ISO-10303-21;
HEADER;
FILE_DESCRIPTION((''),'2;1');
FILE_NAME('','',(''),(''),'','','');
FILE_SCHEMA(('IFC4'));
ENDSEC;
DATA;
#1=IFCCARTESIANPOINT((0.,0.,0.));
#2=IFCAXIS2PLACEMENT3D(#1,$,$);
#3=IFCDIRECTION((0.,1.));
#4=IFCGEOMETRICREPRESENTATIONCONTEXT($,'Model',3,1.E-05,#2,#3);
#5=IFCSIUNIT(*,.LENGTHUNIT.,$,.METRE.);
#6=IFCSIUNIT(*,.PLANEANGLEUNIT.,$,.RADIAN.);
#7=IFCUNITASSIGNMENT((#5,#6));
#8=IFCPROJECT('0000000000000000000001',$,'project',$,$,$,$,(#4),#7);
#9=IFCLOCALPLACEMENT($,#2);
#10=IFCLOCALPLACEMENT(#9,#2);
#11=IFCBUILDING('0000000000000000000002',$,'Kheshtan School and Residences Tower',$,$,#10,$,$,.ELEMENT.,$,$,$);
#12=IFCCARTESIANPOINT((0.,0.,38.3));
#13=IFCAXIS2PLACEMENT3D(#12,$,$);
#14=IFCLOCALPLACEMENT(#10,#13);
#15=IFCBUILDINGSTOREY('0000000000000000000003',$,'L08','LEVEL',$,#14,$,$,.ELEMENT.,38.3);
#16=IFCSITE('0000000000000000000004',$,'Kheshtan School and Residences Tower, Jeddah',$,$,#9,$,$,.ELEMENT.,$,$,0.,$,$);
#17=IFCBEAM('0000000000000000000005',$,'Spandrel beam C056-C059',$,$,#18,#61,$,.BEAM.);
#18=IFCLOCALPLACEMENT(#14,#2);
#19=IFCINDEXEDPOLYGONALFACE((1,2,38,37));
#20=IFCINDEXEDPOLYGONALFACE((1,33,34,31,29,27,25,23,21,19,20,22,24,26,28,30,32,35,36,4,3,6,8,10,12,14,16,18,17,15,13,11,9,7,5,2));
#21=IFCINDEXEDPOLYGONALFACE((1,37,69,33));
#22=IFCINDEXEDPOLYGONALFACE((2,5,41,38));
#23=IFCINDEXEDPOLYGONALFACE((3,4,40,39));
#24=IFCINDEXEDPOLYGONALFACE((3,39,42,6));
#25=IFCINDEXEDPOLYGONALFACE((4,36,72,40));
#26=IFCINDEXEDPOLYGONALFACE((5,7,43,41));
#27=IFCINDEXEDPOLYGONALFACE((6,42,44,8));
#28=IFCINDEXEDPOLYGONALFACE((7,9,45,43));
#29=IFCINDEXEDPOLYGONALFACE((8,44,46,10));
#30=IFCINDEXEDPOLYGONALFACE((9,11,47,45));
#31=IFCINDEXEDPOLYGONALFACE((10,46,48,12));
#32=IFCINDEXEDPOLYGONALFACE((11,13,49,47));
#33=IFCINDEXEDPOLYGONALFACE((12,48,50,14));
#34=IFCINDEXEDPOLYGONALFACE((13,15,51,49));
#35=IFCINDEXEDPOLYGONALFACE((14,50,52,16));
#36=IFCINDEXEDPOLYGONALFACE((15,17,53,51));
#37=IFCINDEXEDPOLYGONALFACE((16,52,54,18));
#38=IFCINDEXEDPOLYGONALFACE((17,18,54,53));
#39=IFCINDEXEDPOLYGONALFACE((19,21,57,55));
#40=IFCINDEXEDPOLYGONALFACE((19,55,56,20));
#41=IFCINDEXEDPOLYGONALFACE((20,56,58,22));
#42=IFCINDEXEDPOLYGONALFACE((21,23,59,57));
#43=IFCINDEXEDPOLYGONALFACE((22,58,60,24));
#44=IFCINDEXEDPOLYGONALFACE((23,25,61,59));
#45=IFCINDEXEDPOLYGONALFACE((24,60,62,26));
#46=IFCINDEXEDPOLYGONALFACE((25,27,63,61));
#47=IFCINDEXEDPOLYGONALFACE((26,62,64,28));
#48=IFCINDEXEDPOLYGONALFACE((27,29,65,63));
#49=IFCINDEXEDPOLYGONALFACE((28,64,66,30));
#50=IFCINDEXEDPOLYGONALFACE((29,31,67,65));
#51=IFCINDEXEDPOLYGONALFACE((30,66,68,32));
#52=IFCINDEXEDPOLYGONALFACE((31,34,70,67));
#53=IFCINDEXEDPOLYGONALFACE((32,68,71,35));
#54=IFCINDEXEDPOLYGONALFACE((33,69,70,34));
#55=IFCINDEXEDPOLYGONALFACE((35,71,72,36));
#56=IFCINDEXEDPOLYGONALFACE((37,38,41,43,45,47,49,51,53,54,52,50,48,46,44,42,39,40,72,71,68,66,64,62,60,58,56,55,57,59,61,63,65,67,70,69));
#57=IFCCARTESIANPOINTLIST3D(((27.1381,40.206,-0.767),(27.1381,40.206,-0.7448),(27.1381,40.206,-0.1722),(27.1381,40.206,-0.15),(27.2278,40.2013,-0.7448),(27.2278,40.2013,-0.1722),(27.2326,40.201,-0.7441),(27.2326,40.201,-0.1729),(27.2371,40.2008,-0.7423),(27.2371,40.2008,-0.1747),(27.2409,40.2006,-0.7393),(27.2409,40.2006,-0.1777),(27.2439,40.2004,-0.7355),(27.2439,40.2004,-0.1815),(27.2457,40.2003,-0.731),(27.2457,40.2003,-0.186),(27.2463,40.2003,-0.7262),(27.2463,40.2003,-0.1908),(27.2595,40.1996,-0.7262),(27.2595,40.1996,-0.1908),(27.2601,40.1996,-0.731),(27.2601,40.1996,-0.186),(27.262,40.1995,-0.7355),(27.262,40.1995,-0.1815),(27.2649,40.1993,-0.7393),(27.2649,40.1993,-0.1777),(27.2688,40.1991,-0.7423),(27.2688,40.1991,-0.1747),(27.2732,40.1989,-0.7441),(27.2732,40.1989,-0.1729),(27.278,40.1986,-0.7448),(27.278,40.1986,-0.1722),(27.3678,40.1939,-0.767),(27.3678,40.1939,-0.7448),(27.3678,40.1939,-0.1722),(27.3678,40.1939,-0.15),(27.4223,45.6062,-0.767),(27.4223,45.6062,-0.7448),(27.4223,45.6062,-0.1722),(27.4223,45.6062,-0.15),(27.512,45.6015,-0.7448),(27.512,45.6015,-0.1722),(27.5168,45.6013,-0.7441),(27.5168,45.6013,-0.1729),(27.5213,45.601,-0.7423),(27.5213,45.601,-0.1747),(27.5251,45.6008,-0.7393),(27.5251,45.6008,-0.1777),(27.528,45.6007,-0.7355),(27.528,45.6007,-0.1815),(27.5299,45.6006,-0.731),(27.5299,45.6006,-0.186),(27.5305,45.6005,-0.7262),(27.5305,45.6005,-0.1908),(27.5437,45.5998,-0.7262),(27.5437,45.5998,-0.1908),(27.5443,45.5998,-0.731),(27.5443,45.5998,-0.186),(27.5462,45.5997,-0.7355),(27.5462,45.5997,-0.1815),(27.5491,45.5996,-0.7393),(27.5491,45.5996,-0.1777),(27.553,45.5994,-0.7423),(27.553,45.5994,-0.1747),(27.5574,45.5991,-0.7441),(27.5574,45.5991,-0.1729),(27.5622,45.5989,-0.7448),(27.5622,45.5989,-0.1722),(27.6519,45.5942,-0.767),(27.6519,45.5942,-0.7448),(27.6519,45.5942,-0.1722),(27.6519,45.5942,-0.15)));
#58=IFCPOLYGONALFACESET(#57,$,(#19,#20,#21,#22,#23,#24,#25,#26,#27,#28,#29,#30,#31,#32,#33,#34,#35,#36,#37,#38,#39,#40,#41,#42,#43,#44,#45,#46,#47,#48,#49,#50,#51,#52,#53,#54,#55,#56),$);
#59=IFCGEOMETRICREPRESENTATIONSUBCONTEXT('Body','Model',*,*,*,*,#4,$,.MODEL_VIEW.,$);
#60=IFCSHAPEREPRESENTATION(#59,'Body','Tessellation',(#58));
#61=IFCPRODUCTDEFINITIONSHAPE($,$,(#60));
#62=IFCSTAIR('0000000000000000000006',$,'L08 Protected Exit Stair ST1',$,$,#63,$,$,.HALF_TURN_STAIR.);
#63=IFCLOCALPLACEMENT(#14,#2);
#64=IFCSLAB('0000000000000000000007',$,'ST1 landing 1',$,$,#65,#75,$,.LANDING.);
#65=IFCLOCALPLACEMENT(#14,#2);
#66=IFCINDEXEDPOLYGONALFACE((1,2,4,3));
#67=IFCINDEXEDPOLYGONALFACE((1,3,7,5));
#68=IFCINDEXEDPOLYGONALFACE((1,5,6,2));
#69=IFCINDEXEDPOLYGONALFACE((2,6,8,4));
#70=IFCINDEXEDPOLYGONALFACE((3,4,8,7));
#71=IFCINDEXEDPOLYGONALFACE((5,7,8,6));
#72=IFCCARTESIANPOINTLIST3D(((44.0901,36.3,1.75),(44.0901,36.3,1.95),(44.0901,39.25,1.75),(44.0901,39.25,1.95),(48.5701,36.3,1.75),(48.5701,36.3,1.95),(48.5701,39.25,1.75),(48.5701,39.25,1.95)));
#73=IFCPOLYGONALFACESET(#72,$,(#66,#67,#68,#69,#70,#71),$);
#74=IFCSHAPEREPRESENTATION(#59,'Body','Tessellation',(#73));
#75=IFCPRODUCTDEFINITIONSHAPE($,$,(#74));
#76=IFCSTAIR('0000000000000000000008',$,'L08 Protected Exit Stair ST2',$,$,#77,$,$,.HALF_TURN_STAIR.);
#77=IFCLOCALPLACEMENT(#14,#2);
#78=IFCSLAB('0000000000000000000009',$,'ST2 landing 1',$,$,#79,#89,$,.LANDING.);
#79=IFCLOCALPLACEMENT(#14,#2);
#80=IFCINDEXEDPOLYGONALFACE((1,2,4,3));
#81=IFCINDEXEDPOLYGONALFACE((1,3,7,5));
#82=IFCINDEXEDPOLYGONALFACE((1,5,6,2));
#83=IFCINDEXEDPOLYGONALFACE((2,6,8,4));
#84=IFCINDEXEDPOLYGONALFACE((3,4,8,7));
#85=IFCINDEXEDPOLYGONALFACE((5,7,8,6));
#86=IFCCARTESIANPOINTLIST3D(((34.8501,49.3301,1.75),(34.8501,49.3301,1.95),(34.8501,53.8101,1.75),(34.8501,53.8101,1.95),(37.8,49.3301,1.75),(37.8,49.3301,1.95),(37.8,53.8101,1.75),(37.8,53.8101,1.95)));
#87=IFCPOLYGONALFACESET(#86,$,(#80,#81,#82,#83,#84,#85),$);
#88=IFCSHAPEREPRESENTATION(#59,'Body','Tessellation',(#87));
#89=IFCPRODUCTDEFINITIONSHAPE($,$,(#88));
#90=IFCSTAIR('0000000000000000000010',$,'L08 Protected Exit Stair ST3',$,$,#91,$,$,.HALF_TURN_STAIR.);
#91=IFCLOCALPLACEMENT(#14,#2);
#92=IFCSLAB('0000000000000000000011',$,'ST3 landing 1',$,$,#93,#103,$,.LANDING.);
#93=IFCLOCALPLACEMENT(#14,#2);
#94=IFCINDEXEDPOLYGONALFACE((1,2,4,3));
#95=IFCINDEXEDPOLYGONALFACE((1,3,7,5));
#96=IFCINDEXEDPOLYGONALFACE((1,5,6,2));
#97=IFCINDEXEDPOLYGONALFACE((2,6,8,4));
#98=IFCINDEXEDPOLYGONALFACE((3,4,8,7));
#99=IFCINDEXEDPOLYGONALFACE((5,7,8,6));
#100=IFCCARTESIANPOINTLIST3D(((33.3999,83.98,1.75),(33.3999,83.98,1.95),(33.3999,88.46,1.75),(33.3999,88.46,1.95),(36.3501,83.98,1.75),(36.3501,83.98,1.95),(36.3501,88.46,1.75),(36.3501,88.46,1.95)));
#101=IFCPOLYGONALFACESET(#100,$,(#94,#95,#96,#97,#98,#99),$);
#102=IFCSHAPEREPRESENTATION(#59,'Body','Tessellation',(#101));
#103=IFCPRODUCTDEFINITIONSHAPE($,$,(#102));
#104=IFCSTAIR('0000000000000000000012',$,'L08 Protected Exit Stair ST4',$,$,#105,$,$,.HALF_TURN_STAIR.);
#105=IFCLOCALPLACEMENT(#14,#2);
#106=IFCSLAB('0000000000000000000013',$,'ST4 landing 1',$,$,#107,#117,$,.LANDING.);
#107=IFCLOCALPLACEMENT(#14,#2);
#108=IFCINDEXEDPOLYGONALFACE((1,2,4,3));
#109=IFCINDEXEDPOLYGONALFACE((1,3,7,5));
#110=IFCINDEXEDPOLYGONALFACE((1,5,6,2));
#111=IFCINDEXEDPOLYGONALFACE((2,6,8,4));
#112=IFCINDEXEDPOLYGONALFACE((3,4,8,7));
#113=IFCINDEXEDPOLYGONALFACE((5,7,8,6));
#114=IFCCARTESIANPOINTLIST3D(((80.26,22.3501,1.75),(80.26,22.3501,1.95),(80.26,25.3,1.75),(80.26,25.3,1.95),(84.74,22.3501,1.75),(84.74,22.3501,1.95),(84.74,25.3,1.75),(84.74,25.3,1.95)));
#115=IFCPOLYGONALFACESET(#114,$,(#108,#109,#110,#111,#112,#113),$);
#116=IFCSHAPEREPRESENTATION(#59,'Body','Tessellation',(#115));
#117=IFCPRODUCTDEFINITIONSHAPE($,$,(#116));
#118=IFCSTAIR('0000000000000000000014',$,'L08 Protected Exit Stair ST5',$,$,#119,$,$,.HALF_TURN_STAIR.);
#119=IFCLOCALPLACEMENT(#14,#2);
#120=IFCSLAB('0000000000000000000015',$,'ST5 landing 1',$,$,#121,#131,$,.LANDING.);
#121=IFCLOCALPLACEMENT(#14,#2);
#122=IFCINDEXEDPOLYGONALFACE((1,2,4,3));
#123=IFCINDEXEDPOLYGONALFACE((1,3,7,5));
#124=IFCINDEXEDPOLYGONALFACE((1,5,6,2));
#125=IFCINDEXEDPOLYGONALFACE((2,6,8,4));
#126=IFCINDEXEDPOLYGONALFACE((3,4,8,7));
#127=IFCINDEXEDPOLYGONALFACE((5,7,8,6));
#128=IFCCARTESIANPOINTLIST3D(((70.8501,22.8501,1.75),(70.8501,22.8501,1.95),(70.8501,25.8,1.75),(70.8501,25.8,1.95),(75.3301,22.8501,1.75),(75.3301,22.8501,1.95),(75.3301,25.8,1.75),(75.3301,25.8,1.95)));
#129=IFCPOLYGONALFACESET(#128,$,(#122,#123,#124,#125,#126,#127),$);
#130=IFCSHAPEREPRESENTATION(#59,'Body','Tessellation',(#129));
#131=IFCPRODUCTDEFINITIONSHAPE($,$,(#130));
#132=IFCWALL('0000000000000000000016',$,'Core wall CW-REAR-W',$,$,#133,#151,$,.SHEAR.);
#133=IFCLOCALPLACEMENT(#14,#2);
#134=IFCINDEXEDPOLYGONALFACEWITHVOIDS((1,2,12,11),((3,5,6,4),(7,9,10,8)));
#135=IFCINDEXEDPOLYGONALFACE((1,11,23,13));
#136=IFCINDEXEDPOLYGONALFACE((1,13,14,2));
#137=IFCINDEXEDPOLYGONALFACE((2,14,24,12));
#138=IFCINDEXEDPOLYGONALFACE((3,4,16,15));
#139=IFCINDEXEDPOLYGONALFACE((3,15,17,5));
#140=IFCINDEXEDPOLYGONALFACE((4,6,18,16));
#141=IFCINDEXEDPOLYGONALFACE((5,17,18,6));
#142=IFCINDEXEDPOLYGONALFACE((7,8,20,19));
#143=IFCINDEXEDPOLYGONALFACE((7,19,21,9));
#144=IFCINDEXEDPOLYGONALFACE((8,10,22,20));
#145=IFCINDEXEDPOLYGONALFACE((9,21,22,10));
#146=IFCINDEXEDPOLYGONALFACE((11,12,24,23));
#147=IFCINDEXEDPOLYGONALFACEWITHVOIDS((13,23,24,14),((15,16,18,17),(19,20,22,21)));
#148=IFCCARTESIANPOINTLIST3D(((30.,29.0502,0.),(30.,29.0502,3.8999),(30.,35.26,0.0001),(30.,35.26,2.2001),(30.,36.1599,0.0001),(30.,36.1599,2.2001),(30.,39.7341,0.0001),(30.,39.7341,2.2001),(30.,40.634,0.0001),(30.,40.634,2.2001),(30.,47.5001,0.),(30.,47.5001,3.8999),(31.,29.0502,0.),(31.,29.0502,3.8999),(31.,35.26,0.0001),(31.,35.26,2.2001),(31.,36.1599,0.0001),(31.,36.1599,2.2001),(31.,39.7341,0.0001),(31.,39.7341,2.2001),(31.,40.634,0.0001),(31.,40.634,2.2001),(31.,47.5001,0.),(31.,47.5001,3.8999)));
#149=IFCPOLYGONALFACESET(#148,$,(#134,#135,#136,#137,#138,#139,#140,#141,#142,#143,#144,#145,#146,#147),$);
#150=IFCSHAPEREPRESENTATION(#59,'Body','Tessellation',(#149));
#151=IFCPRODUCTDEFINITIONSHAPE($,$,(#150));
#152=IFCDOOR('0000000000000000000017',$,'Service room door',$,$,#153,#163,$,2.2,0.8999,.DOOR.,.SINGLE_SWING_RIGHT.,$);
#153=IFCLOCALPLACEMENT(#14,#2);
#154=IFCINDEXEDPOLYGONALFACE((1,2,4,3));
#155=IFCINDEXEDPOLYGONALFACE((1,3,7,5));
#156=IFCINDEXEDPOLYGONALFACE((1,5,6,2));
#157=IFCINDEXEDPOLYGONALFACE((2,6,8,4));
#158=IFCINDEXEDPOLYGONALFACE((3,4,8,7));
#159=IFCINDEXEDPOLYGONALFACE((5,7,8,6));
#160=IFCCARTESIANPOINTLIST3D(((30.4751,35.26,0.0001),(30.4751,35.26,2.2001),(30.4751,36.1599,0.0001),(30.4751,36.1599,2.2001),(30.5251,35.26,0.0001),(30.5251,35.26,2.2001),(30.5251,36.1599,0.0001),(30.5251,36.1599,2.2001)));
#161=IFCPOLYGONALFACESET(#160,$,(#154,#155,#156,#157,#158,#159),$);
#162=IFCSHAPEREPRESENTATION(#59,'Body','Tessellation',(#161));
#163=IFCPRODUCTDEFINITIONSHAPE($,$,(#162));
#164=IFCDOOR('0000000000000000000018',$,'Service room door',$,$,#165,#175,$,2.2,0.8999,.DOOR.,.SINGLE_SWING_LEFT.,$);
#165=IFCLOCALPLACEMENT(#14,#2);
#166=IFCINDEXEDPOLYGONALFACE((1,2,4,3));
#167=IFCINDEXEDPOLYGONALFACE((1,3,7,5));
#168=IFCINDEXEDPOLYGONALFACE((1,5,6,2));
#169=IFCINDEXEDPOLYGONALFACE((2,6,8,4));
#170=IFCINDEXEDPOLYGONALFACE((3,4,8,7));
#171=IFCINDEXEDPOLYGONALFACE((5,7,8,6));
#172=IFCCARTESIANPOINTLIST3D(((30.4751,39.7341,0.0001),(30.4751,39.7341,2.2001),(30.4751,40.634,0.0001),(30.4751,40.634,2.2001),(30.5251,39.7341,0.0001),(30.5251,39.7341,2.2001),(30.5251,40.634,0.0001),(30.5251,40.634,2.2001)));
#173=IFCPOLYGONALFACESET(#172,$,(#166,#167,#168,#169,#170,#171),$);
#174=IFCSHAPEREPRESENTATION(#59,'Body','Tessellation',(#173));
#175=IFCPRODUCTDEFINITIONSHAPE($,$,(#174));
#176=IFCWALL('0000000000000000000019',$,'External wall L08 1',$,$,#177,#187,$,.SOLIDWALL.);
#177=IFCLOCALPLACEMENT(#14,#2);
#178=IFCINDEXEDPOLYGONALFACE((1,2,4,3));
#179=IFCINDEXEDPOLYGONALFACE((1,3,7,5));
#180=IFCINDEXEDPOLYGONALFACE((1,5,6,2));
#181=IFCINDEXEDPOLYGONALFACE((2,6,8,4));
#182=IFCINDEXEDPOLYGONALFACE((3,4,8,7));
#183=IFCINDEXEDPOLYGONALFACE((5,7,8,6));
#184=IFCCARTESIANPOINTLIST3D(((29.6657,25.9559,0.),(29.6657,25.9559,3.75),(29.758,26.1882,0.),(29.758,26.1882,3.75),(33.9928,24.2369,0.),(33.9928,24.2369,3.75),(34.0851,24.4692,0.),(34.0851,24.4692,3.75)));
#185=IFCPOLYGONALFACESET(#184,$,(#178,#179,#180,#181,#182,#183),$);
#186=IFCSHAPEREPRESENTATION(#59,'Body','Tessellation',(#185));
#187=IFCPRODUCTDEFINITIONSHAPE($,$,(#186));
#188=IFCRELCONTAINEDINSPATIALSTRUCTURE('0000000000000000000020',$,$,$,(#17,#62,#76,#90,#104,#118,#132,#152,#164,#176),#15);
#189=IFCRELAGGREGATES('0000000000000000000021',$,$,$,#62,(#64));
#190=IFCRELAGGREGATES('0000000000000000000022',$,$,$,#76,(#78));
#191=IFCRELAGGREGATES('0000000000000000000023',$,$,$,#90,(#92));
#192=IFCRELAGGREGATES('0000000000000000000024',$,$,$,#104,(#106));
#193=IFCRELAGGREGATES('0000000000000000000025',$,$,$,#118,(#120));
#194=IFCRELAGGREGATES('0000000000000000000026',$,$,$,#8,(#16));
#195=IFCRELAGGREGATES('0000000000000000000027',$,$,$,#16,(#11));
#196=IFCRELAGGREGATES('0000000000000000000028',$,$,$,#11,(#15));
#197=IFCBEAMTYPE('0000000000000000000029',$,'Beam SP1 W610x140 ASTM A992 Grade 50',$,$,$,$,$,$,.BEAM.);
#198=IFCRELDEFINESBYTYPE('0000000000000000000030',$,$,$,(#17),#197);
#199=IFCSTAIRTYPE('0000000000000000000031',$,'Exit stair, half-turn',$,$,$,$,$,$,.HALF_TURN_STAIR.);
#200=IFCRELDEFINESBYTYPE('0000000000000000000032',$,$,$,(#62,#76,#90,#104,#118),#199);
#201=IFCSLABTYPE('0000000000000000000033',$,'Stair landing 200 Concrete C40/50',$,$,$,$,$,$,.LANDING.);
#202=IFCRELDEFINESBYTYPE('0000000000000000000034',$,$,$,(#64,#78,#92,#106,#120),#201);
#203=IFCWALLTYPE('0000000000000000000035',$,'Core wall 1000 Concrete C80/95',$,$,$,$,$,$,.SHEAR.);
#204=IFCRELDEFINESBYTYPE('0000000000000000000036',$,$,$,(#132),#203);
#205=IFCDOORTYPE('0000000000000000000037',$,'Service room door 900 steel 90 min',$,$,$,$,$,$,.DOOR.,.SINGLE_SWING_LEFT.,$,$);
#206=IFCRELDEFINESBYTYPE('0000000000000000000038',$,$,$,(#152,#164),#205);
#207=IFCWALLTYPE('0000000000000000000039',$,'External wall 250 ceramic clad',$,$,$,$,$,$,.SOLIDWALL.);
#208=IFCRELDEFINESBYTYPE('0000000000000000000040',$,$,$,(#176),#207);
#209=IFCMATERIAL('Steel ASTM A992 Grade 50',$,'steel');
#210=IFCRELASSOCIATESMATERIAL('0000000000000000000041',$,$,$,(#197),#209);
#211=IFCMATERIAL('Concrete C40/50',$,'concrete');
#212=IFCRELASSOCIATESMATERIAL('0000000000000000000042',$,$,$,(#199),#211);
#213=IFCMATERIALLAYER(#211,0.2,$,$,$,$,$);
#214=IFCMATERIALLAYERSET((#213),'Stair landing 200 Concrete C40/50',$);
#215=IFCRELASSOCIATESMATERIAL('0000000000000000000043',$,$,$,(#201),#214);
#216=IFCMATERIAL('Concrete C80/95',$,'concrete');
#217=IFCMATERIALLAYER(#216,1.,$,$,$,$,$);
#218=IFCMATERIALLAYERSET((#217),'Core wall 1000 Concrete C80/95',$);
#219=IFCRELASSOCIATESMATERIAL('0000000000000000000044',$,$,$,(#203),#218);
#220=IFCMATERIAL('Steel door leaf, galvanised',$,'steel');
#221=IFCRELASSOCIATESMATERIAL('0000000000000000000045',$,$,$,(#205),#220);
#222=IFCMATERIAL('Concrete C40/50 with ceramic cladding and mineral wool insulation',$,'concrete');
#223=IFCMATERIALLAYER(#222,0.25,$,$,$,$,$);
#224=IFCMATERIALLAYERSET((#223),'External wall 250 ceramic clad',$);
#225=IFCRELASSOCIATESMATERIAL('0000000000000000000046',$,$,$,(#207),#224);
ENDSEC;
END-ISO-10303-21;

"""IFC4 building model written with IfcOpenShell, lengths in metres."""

from ifc_helpers import new_model, si_unit, direction, frame, frame_2d, origin, origin_2d, place, context, subcontext, project, spatial, polyline, rectangle, i_section, outline, extrude, source, transform, mapped, material, layer, layer_set, material_profile, profile_set, type_object, element, fill, aggregate, save


model = new_model("IFC4")

# Units and contexts
model_context = context("Model", 3, precision=1e-05, world=origin(), true_north=direction((0.0, 1.0)))
body_context = subcontext(model_context, "Body", "Model", "MODEL_VIEW")
ifc_project = project(units=[si_unit("LENGTHUNIT", "METRE"), si_unit("PLANEANGLEUNIT", "RADIAN")], contexts=[model_context])

# Site, building, storey
site_placement = place(None, origin())
site = spatial("IfcSite", under=ifc_project, at=site_placement, Name="Kheshtan School and Residences Tower, Jeddah", CompositionType="ELEMENT", RefElevation=0.0)
building_placement = place(site_placement, origin())
building = spatial("IfcBuilding", under=site, at=building_placement, Name="Kheshtan School and Residences Tower", CompositionType="ELEMENT")
storey_placement = place(building_placement, frame((0.0, 0.0, 38.3)))
storey = spatial("IfcBuildingStorey", under=building, at=storey_placement, Name="L08", Description="LEVEL", CompositionType="ELEMENT", Elevation=38.3)

# Shared definitions
ifc_material_1 = material(Name="Steel ASTM A992 Grade 50", Category="steel")

# Beam
ifc_material_profile_1 = material_profile(ifc_material_1, i_section(OverallWidth=0.23, OverallDepth=0.6169, WebThickness=0.0132, FlangeThickness=0.0222, FilletRadius=0.0186, at=origin_2d()), Name="W610x140")
ifc_profile_set_1 = profile_set([ifc_material_profile_1], Name="Steel ASTM A992 Grade 50")
beam_type_1 = type_object("IfcBeamType", Name="Beam SP1 W610x140 ASTM A992 Grade 50", PredefinedType="BEAM", material=ifc_profile_set_1)
beam_1_placement = place(storey_placement, frame((27.2529, 40.2, -0.4585), z_axis=(0.052552, 0.998618, 0.0), x_axis=(-0.998618, 0.052552, 0.0)))
element("IfcBeam", 1, at=beam_1_placement, inside=storey, type_object=beam_type_1, Name="Spandrel beam C056-C059", PredefinedType="BEAM", context=body_context, shape_type="SweptSolid", body=[
    extrude(i_section(OverallWidth=0.23, OverallDepth=0.6169, WebThickness=0.0132, FlangeThickness=0.0222, FilletRadius=0.0186, at=origin_2d()), origin(), (0.0, 0.0, 1.0), 5.4077),
])

# Shared definitions
ifc_material_2 = material(Name="Concrete C40/50", Category="concrete")

# Stairs, slabs
stair_type = type_object("IfcStairType", Name="Exit stair, half-turn", PredefinedType="HALF_TURN_STAIR", material=ifc_material_2)
stair_1_placement = place(storey_placement, origin())
stair_1 = element("IfcStair", 2, at=stair_1_placement, inside=storey, type_object=stair_type, Name="L08 Protected Exit Stair ST1", PredefinedType="HALF_TURN_STAIR")
ifc_layer_1 = layer(ifc_material_2, 0.2)
ifc_layer_set_1 = layer_set([ifc_layer_1], Name="Stair landing 200 Concrete C40/50")
slab_type_1 = type_object("IfcSlabType", Name="Stair landing 200 Concrete C40/50", PredefinedType="LANDING", material=ifc_layer_set_1)
slab_1_placement = place(storey_placement, frame((0.0, 0.0, 1.75)))
slab_1 = element("IfcSlab", 3, at=slab_1_placement, type_object=slab_type_1, Name="ST1 landing 1", PredefinedType="LANDING", context=body_context, shape_type="SweptSolid", body=[
    extrude(outline(polyline([(48.5701, 39.25), (44.0901, 39.25), (44.0901, 36.3), (48.5701, 36.3), (48.5701, 39.25)])), origin(), (0.0, 0.0, 1.0), 0.2),
])
aggregate(stair_1, [slab_1])
stair_2_placement = place(storey_placement, origin())
stair_2 = element("IfcStair", 4, at=stair_2_placement, inside=storey, type_object=stair_type, Name="L08 Protected Exit Stair ST2", PredefinedType="HALF_TURN_STAIR")
slab_2_placement = place(storey_placement, frame((0.0, 0.0, 1.75)))
slab_2 = element("IfcSlab", 5, at=slab_2_placement, type_object=slab_type_1, Name="ST2 landing 1", PredefinedType="LANDING", context=body_context, shape_type="SweptSolid", body=[
    extrude(outline(polyline([(37.8, 49.3301), (37.8, 53.8101), (34.8501, 53.8101), (34.8501, 49.3301), (37.8, 49.3301)])), origin(), (0.0, 0.0, 1.0), 0.2),
])
aggregate(stair_2, [slab_2])
stair_3_placement = place(storey_placement, origin())
stair_3 = element("IfcStair", 6, at=stair_3_placement, inside=storey, type_object=stair_type, Name="L08 Protected Exit Stair ST3", PredefinedType="HALF_TURN_STAIR")
slab_3_placement = place(storey_placement, frame((0.0, 0.0, 1.75)))
slab_3 = element("IfcSlab", 7, at=slab_3_placement, type_object=slab_type_1, Name="ST3 landing 1", PredefinedType="LANDING", context=body_context, shape_type="SweptSolid", body=[
    extrude(outline(polyline([(36.3501, 83.98), (36.3501, 88.46), (33.3999, 88.46), (33.3999, 83.98), (36.3501, 83.98)])), origin(), (0.0, 0.0, 1.0), 0.2),
])
aggregate(stair_3, [slab_3])
stair_4_placement = place(storey_placement, origin())
stair_4 = element("IfcStair", 8, at=stair_4_placement, inside=storey, type_object=stair_type, Name="L08 Protected Exit Stair ST4", PredefinedType="HALF_TURN_STAIR")
slab_4_placement = place(storey_placement, frame((0.0, 0.0, 1.75)))
slab_4 = element("IfcSlab", 9, at=slab_4_placement, type_object=slab_type_1, Name="ST4 landing 1", PredefinedType="LANDING", context=body_context, shape_type="SweptSolid", body=[
    extrude(outline(polyline([(84.74, 25.3), (80.26, 25.3), (80.26, 22.3501), (84.74, 22.3501), (84.74, 25.3)])), origin(), (0.0, 0.0, 1.0), 0.2),
])
aggregate(stair_4, [slab_4])
stair_5_placement = place(storey_placement, origin())
stair_5 = element("IfcStair", 10, at=stair_5_placement, inside=storey, type_object=stair_type, Name="L08 Protected Exit Stair ST5", PredefinedType="HALF_TURN_STAIR")
slab_5_placement = place(storey_placement, frame((0.0, 0.0, 1.75)))
slab_5 = element("IfcSlab", 11, at=slab_5_placement, type_object=slab_type_1, Name="ST5 landing 1", PredefinedType="LANDING", context=body_context, shape_type="SweptSolid", body=[
    extrude(outline(polyline([(75.3301, 25.8), (70.8501, 25.8), (70.8501, 22.8501), (75.3301, 22.8501), (75.3301, 25.8)])), origin(), (0.0, 0.0, 1.0), 0.2),
])
aggregate(stair_5, [slab_5])

# Wall, openings, doors
ifc_material_3 = material(Name="Concrete C80/95", Category="concrete")
ifc_layer_2 = layer(ifc_material_3, 1.0)
ifc_layer_set_2 = layer_set([ifc_layer_2], Name="Core wall 1000 Concrete C80/95")
wall_type_1 = type_object("IfcWallType", Name="Core wall 1000 Concrete C80/95", PredefinedType="SHEAR", material=ifc_layer_set_2)
wall_1_placement = place(storey_placement, frame((30.5, 29.05, 0.0), z_axis=(0.0, 0.0, 1.0), x_axis=(0.0, 1.0, 0.0)))
wall_1 = element("IfcWall", 12, at=wall_1_placement, inside=storey, type_object=wall_type_1, Name="Core wall CW-REAR-W", PredefinedType="SHEAR", context=body_context, shape_type="SweptSolid", body=[
    extrude(rectangle(XDim=18.45, YDim=1.0, at=frame_2d((9.2251, 0.0))), origin(), (0.0, 0.0, 1.0), 3.8999),
])
opening_1_placement = place(wall_1_placement, frame((6.21, 0.0, 0.0)))
opening_1 = element("IfcOpeningElement", 13, at=opening_1_placement, cuts=wall_1, PredefinedType="OPENING", context=body_context, shape_type="SweptSolid", body=[
    extrude(rectangle(XDim=0.8999, YDim=2.2, at=frame_2d((0.45, 1.1001))), frame((0.0, 0.51, 0.0), z_axis=(0.0, -1.0, 0.0), x_axis=(1.0, 0.0, 0.0)), (0.0, 0.0, 1.0), 1.02),
])
opening_2_placement = place(wall_1_placement, frame((10.6841, 0.0, 0.0)))
opening_2 = element("IfcOpeningElement", 14, at=opening_2_placement, cuts=wall_1, PredefinedType="OPENING", context=body_context, shape_type="SweptSolid", body=[
    extrude(rectangle(XDim=0.8999, YDim=2.2, at=frame_2d((0.45, 1.1001))), frame((0.0, 0.51, 0.0), z_axis=(0.0, -1.0, 0.0), x_axis=(1.0, 0.0, 0.0)), (0.0, 0.0, 1.0), 1.02),
])
ifc_material_4 = material(Name="Steel door leaf, galvanised", Category="steel")
door_type = type_object("IfcDoorType", Name="Service room door 900 steel 90 min", OperationType="SINGLE_SWING_LEFT", PredefinedType="DOOR", material=ifc_material_4)
shared_shape = source(origin(), body_context, "Body", "SweptSolid", [
    extrude(rectangle(XDim=0.8999, YDim=2.2, at=frame_2d((0.45, 1.1001))), frame((0.0, 0.0249, 0.0), z_axis=(0.0, -1.0, 0.0), x_axis=(1.0, 0.0, 0.0)), (0.0, 0.0, 1.0), 0.05),
])
door_1_placement = place(opening_1_placement, origin())
door_1 = element("IfcDoor", 15, at=door_1_placement, inside=storey, type_object=door_type, Name="Service room door", OperationType="SINGLE_SWING_RIGHT", OverallHeight=2.2, OverallWidth=0.8999, PredefinedType="DOOR", context=body_context, shape_type="MappedRepresentation", body=[
    mapped(shared_shape, transform((0.0, 0.0, 0.0), x_axis=(1.0, 0.0, 0.0), y_axis=(0.0, 1.0, 0.0), z_axis=(0.0, 0.0, 1.0), scale=1.0)),
])
fill(opening_1, door_1)
door_2_placement = place(opening_2_placement, origin())
door_2 = element("IfcDoor", 16, at=door_2_placement, inside=storey, type_object=door_type, Name="Service room door", OperationType="SINGLE_SWING_LEFT", OverallHeight=2.2, OverallWidth=0.8999, PredefinedType="DOOR", context=body_context, shape_type="MappedRepresentation", body=[
    mapped(shared_shape, transform((0.0, 0.0, 0.0), x_axis=(1.0, 0.0, 0.0), y_axis=(0.0, 1.0, 0.0), z_axis=(0.0, 0.0, 1.0), scale=1.0)),
])
fill(opening_2, door_2)

# Wall
ifc_material_5 = material(Name="Concrete C40/50 with ceramic cladding and mineral wool insulation", Category="concrete")
ifc_layer_3 = layer(ifc_material_5, 0.25)
ifc_layer_set_3 = layer_set([ifc_layer_3], Name="External wall 250 ceramic clad")
wall_type_2 = type_object("IfcWallType", Name="External wall 250 ceramic clad", PredefinedType="SOLIDWALL", material=ifc_layer_set_3)
wall_2_placement = place(storey_placement, frame((34.0391, 24.353, 0.0), z_axis=(0.0, 0.0, 1.0), x_axis=(-0.929353, 0.369193, 0.0)))
element("IfcWall", 17, at=wall_2_placement, inside=storey, type_object=wall_type_2, Name="External wall L08 1", PredefinedType="SOLIDWALL", context=body_context, shape_type="SweptSolid", body=[
    extrude(rectangle(XDim=4.656, YDim=0.25, at=frame_2d((2.3281, 0.0))), origin(), (0.0, 0.0, 1.0), 3.75),
])

save(model, "model.ifc")
